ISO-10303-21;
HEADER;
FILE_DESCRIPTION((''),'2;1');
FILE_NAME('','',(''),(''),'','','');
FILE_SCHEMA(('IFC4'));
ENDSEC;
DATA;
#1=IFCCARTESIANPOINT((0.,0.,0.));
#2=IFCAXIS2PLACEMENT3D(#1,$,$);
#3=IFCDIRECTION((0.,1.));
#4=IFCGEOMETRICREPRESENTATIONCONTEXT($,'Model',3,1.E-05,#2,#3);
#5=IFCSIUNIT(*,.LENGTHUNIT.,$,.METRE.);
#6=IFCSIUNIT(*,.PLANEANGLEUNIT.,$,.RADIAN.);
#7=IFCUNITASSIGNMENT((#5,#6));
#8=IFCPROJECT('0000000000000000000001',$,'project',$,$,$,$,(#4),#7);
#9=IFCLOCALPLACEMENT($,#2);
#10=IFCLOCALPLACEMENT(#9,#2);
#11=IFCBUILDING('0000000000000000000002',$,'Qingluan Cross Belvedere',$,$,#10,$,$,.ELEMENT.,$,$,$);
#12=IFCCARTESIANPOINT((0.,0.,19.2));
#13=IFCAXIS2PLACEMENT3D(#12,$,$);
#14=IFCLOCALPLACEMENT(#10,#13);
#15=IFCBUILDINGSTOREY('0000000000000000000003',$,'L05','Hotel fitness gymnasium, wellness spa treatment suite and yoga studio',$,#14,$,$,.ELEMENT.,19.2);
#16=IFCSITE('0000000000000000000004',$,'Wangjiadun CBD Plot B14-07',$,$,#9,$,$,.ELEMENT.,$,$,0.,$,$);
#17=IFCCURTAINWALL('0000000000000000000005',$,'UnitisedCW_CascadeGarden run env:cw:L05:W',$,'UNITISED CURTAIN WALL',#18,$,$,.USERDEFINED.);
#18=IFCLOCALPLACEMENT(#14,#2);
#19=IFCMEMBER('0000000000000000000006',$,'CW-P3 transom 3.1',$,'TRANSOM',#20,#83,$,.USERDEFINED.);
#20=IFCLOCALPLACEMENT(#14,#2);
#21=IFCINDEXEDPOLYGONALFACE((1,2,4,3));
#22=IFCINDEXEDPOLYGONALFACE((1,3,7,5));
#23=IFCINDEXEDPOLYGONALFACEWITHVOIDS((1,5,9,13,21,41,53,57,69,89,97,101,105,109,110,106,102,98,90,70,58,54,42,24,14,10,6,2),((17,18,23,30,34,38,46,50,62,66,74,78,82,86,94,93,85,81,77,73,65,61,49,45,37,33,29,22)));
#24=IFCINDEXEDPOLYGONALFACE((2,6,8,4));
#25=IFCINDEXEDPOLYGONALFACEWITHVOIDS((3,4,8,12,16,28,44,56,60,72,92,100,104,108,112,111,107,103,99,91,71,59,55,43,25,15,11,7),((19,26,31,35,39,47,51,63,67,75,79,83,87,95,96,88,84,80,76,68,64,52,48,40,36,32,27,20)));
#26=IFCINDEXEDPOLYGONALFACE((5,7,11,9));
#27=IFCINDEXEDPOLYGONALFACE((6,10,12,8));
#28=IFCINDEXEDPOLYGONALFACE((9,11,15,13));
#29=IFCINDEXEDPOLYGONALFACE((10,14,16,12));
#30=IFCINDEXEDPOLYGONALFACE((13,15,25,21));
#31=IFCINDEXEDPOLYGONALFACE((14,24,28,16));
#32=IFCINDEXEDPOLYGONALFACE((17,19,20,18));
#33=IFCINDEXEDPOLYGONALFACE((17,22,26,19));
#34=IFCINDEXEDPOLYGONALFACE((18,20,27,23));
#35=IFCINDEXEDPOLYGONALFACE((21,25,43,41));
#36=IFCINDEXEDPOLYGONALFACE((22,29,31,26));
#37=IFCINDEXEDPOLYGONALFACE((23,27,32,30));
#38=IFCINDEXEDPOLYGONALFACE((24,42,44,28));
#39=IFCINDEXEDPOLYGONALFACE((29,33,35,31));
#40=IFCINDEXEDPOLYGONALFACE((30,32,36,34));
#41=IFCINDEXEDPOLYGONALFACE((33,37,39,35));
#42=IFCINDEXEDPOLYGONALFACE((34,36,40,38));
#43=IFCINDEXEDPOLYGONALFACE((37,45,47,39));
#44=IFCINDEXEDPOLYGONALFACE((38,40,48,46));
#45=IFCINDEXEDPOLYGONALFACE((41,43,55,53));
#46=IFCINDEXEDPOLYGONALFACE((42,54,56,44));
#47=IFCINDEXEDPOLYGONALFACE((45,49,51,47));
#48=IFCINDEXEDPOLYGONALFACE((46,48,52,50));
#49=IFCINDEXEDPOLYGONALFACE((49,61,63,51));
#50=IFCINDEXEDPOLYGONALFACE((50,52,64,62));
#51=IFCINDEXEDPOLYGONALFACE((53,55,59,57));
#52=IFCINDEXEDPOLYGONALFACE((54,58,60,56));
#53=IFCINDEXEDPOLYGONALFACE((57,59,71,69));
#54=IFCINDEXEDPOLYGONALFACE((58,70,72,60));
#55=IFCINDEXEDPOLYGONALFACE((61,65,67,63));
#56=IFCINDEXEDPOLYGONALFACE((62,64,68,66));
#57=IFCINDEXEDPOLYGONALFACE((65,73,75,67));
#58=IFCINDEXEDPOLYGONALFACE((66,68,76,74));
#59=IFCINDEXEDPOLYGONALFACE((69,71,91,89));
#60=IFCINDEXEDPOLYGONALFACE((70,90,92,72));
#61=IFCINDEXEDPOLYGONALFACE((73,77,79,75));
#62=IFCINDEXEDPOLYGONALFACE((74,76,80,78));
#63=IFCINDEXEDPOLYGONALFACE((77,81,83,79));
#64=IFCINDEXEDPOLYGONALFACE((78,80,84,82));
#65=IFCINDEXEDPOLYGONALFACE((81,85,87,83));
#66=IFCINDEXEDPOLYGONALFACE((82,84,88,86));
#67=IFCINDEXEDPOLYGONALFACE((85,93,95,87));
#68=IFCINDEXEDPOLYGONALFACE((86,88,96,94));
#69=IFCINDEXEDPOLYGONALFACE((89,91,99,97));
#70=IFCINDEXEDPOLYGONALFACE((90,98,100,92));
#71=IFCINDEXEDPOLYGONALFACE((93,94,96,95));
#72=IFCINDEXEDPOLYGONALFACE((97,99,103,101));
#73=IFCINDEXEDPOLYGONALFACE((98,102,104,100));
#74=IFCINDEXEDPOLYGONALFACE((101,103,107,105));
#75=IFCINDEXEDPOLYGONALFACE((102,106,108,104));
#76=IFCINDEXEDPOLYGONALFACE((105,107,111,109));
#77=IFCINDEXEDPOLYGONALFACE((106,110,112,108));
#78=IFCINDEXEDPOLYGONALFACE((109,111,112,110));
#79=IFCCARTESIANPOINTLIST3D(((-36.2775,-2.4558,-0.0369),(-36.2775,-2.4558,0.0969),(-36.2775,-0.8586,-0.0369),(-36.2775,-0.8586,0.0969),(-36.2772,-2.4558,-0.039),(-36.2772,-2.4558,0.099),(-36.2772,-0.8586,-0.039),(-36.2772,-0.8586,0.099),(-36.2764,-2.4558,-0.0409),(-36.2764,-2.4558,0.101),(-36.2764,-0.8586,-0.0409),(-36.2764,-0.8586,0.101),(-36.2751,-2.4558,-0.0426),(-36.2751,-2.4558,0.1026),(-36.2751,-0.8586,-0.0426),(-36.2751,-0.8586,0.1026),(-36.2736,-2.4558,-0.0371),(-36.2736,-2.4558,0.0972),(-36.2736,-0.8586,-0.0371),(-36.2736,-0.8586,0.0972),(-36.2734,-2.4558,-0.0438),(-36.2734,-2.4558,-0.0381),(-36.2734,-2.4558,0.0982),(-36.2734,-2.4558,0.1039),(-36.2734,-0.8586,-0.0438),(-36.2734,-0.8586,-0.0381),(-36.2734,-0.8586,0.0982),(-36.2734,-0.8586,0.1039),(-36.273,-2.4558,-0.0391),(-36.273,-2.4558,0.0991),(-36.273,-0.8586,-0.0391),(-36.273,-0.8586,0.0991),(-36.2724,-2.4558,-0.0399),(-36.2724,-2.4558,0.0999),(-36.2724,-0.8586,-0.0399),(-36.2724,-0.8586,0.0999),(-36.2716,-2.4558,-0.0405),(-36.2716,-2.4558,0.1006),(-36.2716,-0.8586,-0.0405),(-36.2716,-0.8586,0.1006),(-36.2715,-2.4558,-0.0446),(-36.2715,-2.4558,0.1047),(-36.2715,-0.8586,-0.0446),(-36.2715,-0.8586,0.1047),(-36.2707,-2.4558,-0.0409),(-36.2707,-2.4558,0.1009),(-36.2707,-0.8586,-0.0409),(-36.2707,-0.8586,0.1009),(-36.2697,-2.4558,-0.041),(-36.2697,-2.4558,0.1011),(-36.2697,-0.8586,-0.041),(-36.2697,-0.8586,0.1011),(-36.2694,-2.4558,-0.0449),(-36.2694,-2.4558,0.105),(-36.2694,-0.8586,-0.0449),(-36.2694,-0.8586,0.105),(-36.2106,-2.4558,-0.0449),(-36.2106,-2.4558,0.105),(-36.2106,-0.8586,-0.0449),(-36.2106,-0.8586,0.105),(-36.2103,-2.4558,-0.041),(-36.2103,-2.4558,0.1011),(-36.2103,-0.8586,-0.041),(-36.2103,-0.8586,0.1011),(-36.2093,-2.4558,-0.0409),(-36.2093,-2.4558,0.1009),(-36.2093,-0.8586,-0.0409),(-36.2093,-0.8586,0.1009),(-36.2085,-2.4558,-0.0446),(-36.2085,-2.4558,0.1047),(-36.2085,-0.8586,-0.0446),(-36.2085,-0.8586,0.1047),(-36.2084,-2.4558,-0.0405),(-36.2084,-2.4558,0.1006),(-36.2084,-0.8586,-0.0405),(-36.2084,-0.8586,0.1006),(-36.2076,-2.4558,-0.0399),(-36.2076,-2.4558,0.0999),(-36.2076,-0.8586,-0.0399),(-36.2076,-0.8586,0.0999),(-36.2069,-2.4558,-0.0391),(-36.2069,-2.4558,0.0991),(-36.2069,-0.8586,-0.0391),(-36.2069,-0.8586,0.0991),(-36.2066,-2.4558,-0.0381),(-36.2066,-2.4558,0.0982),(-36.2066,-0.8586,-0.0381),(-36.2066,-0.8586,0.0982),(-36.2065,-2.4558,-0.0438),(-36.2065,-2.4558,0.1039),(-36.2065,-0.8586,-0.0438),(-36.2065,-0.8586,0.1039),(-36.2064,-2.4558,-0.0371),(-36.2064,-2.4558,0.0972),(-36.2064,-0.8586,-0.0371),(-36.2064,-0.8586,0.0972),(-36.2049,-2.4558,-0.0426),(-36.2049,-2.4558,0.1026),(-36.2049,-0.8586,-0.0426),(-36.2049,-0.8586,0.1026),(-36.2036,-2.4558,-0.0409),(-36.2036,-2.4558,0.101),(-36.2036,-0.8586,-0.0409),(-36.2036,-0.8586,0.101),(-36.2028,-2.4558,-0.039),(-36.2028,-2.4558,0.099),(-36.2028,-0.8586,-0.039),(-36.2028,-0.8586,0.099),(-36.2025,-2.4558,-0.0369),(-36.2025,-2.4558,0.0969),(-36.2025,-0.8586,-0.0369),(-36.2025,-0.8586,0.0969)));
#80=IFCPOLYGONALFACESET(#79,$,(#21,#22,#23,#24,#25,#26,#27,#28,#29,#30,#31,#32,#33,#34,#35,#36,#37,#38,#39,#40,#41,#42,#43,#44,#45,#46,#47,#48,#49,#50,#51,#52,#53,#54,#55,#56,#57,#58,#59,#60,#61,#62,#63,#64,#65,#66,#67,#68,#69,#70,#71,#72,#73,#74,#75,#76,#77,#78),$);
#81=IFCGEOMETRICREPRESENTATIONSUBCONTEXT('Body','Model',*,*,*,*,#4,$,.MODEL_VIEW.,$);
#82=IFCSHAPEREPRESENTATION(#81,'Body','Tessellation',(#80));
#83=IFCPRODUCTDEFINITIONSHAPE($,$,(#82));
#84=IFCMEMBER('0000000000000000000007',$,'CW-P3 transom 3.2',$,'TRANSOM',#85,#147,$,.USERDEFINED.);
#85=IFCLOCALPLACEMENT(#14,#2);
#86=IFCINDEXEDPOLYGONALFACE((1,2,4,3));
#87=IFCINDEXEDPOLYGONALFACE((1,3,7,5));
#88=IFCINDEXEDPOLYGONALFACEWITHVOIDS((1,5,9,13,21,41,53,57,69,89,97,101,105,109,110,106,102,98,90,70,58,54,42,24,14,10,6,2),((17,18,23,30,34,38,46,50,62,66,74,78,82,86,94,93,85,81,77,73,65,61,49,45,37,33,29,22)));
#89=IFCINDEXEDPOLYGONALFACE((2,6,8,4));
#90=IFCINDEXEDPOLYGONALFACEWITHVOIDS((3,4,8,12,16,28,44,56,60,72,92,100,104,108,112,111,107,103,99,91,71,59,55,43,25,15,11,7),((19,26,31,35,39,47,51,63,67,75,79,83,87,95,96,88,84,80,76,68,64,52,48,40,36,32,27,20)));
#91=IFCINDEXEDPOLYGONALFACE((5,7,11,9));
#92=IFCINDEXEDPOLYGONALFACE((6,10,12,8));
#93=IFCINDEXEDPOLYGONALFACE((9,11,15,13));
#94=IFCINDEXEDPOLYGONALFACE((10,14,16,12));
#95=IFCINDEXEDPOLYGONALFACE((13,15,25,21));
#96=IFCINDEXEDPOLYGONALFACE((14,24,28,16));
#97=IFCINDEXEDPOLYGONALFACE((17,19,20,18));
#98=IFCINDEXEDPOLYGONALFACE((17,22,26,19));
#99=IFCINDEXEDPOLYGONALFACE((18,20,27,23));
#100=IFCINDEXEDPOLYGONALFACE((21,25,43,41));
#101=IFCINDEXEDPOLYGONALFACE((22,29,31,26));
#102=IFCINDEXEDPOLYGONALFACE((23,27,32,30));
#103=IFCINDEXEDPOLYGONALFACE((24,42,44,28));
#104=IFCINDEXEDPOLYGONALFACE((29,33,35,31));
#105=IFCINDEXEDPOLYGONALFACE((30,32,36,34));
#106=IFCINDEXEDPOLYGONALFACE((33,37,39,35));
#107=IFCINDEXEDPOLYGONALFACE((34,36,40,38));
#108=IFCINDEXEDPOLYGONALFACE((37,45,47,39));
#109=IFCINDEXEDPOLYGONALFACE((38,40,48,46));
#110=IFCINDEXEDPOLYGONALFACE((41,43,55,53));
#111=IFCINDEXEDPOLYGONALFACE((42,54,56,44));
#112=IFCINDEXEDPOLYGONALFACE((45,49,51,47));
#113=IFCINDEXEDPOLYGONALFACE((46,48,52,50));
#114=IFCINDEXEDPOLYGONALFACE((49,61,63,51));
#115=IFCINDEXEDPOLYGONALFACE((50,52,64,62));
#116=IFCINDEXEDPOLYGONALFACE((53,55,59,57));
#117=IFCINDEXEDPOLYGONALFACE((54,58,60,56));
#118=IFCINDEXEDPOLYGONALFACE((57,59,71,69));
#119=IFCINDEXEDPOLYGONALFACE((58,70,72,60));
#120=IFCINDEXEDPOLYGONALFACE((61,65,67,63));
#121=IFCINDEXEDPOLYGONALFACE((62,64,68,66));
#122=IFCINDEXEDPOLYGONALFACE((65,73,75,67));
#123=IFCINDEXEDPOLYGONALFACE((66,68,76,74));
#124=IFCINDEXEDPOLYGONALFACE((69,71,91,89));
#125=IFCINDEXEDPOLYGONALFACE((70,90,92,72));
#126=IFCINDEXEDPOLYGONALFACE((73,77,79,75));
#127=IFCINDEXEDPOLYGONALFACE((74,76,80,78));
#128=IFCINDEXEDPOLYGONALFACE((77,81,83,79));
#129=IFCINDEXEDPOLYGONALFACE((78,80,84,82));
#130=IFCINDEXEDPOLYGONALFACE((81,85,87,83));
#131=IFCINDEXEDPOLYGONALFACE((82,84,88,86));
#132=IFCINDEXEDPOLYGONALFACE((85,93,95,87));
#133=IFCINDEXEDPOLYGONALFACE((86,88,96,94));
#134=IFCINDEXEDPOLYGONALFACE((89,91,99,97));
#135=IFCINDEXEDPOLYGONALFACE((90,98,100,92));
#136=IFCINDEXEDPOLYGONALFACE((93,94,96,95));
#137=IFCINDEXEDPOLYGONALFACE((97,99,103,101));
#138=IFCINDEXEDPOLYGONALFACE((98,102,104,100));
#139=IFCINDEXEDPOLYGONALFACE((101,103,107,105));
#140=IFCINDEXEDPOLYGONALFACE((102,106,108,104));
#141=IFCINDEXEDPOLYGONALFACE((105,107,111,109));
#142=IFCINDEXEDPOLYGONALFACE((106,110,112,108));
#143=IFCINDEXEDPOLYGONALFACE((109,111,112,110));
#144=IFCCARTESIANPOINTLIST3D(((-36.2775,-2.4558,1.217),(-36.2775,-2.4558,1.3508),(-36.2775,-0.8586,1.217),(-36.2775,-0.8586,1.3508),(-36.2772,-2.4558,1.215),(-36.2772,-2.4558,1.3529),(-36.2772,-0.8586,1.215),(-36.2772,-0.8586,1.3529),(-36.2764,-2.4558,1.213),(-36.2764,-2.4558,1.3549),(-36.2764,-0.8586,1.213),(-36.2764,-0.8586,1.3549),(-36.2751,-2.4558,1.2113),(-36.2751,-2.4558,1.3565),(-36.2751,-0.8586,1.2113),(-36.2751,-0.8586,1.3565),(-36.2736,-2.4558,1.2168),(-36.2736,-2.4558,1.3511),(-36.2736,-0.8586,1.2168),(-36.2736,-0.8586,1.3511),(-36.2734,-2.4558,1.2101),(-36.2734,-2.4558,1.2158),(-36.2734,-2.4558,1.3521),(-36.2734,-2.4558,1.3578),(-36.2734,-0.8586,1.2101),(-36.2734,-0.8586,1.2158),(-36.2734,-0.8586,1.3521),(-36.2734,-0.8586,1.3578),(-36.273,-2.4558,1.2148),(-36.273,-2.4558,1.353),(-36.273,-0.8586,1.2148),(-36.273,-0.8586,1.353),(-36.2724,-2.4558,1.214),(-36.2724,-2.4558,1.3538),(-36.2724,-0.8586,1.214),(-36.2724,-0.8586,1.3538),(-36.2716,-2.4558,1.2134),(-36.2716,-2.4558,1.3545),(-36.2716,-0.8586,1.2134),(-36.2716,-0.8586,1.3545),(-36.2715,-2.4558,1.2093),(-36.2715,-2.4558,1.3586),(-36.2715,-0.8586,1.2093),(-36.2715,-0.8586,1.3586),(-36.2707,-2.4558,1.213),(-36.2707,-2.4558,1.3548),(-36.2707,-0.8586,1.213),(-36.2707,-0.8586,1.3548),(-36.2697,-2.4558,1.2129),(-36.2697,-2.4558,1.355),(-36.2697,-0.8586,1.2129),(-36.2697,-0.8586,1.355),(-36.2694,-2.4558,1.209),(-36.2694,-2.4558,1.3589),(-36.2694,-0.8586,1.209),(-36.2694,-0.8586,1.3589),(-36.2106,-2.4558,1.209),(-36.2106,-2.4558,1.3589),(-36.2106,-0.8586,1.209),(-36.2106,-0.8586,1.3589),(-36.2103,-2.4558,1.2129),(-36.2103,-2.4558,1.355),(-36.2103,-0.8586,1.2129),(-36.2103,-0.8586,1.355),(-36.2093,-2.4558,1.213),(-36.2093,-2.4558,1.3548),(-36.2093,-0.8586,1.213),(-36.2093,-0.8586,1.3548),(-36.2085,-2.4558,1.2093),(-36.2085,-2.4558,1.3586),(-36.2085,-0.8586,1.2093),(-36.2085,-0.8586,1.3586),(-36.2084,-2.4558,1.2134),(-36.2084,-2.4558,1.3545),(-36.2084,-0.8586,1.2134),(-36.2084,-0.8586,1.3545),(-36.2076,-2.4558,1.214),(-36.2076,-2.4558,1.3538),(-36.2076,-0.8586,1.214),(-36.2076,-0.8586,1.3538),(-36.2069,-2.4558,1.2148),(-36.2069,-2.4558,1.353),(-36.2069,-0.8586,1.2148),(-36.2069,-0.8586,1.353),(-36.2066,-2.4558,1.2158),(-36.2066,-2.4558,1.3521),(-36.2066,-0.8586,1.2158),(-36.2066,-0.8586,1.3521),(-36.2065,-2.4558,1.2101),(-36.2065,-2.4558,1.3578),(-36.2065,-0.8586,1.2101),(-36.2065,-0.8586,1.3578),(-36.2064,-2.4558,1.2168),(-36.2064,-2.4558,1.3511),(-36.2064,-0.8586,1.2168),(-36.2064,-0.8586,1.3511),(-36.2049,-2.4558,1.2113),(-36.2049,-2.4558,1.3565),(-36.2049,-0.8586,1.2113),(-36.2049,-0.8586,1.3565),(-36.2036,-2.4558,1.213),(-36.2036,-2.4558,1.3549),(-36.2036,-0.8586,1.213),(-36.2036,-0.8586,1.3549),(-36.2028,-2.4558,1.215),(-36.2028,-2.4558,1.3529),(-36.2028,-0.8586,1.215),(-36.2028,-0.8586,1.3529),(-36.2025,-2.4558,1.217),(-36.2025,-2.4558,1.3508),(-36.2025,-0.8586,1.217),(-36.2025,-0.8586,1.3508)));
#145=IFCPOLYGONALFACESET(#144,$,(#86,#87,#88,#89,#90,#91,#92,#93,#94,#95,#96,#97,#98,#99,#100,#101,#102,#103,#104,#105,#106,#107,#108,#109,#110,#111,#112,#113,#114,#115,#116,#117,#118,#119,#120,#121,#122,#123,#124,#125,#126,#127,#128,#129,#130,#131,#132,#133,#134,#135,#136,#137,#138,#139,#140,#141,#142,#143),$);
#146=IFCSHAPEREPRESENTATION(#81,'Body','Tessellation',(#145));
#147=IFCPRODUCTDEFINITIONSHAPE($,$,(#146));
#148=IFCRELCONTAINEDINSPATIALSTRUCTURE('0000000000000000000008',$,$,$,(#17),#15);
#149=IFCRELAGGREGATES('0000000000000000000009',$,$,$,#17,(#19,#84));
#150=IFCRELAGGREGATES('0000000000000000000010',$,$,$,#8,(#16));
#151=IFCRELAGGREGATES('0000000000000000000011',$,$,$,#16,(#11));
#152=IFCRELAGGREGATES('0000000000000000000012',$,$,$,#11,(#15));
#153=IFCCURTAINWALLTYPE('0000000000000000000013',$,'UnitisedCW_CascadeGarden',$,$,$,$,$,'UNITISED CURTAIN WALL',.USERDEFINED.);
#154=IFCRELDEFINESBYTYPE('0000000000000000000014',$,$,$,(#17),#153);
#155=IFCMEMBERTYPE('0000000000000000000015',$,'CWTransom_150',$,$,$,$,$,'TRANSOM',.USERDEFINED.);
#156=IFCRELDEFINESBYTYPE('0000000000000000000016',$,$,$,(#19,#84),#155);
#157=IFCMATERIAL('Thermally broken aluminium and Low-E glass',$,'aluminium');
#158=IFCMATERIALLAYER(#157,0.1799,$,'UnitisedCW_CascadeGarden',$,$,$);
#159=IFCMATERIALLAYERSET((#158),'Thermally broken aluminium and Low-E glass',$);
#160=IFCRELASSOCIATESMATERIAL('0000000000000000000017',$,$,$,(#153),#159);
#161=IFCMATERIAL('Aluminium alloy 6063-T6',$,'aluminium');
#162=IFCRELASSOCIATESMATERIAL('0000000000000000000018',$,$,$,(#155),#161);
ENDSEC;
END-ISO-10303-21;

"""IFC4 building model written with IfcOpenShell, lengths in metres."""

from ifc_helpers import new_model, si_unit, direction, frame, origin, origin_2d, place, context, subcontext, project, spatial, hollow_rectangle, extrude, material, layer, layer_set, material_profile, profile_set, type_object, element, aggregate, save


model = new_model("IFC4")

# Units and contexts
model_context = context("Model", 3, precision=1e-05, world=origin(), true_north=direction((0.0, 1.0)))
body_context = subcontext(model_context, "Body", "Model", "MODEL_VIEW")
ifc_project = project(units=[si_unit("LENGTHUNIT", "METRE"), si_unit("PLANEANGLEUNIT", "RADIAN")], contexts=[model_context])

# Site, building, storey
site_placement = place(None, origin())
site = spatial("IfcSite", under=ifc_project, at=site_placement, Name="Wangjiadun CBD Plot B14-07", CompositionType="ELEMENT", RefElevation=0.0)
building_placement = place(site_placement, origin())
building = spatial("IfcBuilding", under=site, at=building_placement, Name="Qingluan Cross Belvedere", CompositionType="ELEMENT")
storey_placement = place(building_placement, frame((0.0, 0.0, 19.2)))
storey = spatial("IfcBuildingStorey", under=building, at=storey_placement, Name="L05", Description="Hotel fitness gymnasium, wellness spa treatment suite and yoga studio", CompositionType="ELEMENT", Elevation=19.2)

# Curtain wall, members
ifc_material_1 = material(Name="Thermally broken aluminium and Low-E glass", Category="aluminium")
ifc_layer_1 = layer(ifc_material_1, 0.1799, Name="UnitisedCW_CascadeGarden")
ifc_layer_set_1 = layer_set([ifc_layer_1], Name="Thermally broken aluminium and Low-E glass")
curtain_wall_type = type_object("IfcCurtainWallType", Name="UnitisedCW_CascadeGarden", ElementType="UNITISED CURTAIN WALL", PredefinedType="USERDEFINED", material=ifc_layer_set_1)
curtain_wall_placement = place(storey_placement, origin())
curtain_wall = element("IfcCurtainWall", 1, at=curtain_wall_placement, inside=storey, type_object=curtain_wall_type, Name="UnitisedCW_CascadeGarden run env:cw:L05:W", ObjectType="UNITISED CURTAIN WALL", PredefinedType="USERDEFINED")
ifc_material_2 = material(Name="Aluminium alloy 6063-T6", Category="aluminium")
ifc_material_profile_1 = material_profile(ifc_material_2, hollow_rectangle(XDim=0.075, YDim=0.1499, WallThickness=0.0039, InnerFilletRadius=0.0039, OuterFilletRadius=0.0081, at=origin_2d()), Name="CWT150x75x4")
ifc_profile_set_1 = profile_set([ifc_material_profile_1], Name="Aluminium alloy 6063-T6")
member_type_1 = type_object("IfcMemberType", Name="CWTransom_150", ElementType="TRANSOM", PredefinedType="USERDEFINED", material=ifc_profile_set_1)
member_1_placement = place(storey_placement, frame((-36.24, -2.4558, 0.03), z_axis=(0.0, 1.0, 0.0), x_axis=(-1.0, 0.0, 0.0)))
member_1 = element("IfcMember", 2, at=member_1_placement, type_object=member_type_1, Name="CW-P3 transom 3.1", ObjectType="TRANSOM", PredefinedType="USERDEFINED", context=body_context, shape_type="SweptSolid", body=[
    extrude(hollow_rectangle(XDim=0.075, YDim=0.1499, WallThickness=0.0039, InnerFilletRadius=0.0039, OuterFilletRadius=0.0081, at=origin_2d()), origin(), (0.0, 0.0, 1.0), 1.5972),
])
member_2_placement = place(storey_placement, frame((-36.24, -2.4558, 1.2839), z_axis=(0.0, 1.0, 0.0), x_axis=(-1.0, 0.0, 0.0)))
member_2 = element("IfcMember", 3, at=member_2_placement, type_object=member_type_1, Name="CW-P3 transom 3.2", ObjectType="TRANSOM", PredefinedType="USERDEFINED", context=body_context, shape_type="SweptSolid", body=[
    extrude(hollow_rectangle(XDim=0.075, YDim=0.1499, WallThickness=0.0039, InnerFilletRadius=0.0039, OuterFilletRadius=0.0081, at=origin_2d()), origin(), (0.0, 0.0, 1.0), 1.5972),
])
aggregate(curtain_wall, [member_1, member_2])

save(model, "model.ifc")
